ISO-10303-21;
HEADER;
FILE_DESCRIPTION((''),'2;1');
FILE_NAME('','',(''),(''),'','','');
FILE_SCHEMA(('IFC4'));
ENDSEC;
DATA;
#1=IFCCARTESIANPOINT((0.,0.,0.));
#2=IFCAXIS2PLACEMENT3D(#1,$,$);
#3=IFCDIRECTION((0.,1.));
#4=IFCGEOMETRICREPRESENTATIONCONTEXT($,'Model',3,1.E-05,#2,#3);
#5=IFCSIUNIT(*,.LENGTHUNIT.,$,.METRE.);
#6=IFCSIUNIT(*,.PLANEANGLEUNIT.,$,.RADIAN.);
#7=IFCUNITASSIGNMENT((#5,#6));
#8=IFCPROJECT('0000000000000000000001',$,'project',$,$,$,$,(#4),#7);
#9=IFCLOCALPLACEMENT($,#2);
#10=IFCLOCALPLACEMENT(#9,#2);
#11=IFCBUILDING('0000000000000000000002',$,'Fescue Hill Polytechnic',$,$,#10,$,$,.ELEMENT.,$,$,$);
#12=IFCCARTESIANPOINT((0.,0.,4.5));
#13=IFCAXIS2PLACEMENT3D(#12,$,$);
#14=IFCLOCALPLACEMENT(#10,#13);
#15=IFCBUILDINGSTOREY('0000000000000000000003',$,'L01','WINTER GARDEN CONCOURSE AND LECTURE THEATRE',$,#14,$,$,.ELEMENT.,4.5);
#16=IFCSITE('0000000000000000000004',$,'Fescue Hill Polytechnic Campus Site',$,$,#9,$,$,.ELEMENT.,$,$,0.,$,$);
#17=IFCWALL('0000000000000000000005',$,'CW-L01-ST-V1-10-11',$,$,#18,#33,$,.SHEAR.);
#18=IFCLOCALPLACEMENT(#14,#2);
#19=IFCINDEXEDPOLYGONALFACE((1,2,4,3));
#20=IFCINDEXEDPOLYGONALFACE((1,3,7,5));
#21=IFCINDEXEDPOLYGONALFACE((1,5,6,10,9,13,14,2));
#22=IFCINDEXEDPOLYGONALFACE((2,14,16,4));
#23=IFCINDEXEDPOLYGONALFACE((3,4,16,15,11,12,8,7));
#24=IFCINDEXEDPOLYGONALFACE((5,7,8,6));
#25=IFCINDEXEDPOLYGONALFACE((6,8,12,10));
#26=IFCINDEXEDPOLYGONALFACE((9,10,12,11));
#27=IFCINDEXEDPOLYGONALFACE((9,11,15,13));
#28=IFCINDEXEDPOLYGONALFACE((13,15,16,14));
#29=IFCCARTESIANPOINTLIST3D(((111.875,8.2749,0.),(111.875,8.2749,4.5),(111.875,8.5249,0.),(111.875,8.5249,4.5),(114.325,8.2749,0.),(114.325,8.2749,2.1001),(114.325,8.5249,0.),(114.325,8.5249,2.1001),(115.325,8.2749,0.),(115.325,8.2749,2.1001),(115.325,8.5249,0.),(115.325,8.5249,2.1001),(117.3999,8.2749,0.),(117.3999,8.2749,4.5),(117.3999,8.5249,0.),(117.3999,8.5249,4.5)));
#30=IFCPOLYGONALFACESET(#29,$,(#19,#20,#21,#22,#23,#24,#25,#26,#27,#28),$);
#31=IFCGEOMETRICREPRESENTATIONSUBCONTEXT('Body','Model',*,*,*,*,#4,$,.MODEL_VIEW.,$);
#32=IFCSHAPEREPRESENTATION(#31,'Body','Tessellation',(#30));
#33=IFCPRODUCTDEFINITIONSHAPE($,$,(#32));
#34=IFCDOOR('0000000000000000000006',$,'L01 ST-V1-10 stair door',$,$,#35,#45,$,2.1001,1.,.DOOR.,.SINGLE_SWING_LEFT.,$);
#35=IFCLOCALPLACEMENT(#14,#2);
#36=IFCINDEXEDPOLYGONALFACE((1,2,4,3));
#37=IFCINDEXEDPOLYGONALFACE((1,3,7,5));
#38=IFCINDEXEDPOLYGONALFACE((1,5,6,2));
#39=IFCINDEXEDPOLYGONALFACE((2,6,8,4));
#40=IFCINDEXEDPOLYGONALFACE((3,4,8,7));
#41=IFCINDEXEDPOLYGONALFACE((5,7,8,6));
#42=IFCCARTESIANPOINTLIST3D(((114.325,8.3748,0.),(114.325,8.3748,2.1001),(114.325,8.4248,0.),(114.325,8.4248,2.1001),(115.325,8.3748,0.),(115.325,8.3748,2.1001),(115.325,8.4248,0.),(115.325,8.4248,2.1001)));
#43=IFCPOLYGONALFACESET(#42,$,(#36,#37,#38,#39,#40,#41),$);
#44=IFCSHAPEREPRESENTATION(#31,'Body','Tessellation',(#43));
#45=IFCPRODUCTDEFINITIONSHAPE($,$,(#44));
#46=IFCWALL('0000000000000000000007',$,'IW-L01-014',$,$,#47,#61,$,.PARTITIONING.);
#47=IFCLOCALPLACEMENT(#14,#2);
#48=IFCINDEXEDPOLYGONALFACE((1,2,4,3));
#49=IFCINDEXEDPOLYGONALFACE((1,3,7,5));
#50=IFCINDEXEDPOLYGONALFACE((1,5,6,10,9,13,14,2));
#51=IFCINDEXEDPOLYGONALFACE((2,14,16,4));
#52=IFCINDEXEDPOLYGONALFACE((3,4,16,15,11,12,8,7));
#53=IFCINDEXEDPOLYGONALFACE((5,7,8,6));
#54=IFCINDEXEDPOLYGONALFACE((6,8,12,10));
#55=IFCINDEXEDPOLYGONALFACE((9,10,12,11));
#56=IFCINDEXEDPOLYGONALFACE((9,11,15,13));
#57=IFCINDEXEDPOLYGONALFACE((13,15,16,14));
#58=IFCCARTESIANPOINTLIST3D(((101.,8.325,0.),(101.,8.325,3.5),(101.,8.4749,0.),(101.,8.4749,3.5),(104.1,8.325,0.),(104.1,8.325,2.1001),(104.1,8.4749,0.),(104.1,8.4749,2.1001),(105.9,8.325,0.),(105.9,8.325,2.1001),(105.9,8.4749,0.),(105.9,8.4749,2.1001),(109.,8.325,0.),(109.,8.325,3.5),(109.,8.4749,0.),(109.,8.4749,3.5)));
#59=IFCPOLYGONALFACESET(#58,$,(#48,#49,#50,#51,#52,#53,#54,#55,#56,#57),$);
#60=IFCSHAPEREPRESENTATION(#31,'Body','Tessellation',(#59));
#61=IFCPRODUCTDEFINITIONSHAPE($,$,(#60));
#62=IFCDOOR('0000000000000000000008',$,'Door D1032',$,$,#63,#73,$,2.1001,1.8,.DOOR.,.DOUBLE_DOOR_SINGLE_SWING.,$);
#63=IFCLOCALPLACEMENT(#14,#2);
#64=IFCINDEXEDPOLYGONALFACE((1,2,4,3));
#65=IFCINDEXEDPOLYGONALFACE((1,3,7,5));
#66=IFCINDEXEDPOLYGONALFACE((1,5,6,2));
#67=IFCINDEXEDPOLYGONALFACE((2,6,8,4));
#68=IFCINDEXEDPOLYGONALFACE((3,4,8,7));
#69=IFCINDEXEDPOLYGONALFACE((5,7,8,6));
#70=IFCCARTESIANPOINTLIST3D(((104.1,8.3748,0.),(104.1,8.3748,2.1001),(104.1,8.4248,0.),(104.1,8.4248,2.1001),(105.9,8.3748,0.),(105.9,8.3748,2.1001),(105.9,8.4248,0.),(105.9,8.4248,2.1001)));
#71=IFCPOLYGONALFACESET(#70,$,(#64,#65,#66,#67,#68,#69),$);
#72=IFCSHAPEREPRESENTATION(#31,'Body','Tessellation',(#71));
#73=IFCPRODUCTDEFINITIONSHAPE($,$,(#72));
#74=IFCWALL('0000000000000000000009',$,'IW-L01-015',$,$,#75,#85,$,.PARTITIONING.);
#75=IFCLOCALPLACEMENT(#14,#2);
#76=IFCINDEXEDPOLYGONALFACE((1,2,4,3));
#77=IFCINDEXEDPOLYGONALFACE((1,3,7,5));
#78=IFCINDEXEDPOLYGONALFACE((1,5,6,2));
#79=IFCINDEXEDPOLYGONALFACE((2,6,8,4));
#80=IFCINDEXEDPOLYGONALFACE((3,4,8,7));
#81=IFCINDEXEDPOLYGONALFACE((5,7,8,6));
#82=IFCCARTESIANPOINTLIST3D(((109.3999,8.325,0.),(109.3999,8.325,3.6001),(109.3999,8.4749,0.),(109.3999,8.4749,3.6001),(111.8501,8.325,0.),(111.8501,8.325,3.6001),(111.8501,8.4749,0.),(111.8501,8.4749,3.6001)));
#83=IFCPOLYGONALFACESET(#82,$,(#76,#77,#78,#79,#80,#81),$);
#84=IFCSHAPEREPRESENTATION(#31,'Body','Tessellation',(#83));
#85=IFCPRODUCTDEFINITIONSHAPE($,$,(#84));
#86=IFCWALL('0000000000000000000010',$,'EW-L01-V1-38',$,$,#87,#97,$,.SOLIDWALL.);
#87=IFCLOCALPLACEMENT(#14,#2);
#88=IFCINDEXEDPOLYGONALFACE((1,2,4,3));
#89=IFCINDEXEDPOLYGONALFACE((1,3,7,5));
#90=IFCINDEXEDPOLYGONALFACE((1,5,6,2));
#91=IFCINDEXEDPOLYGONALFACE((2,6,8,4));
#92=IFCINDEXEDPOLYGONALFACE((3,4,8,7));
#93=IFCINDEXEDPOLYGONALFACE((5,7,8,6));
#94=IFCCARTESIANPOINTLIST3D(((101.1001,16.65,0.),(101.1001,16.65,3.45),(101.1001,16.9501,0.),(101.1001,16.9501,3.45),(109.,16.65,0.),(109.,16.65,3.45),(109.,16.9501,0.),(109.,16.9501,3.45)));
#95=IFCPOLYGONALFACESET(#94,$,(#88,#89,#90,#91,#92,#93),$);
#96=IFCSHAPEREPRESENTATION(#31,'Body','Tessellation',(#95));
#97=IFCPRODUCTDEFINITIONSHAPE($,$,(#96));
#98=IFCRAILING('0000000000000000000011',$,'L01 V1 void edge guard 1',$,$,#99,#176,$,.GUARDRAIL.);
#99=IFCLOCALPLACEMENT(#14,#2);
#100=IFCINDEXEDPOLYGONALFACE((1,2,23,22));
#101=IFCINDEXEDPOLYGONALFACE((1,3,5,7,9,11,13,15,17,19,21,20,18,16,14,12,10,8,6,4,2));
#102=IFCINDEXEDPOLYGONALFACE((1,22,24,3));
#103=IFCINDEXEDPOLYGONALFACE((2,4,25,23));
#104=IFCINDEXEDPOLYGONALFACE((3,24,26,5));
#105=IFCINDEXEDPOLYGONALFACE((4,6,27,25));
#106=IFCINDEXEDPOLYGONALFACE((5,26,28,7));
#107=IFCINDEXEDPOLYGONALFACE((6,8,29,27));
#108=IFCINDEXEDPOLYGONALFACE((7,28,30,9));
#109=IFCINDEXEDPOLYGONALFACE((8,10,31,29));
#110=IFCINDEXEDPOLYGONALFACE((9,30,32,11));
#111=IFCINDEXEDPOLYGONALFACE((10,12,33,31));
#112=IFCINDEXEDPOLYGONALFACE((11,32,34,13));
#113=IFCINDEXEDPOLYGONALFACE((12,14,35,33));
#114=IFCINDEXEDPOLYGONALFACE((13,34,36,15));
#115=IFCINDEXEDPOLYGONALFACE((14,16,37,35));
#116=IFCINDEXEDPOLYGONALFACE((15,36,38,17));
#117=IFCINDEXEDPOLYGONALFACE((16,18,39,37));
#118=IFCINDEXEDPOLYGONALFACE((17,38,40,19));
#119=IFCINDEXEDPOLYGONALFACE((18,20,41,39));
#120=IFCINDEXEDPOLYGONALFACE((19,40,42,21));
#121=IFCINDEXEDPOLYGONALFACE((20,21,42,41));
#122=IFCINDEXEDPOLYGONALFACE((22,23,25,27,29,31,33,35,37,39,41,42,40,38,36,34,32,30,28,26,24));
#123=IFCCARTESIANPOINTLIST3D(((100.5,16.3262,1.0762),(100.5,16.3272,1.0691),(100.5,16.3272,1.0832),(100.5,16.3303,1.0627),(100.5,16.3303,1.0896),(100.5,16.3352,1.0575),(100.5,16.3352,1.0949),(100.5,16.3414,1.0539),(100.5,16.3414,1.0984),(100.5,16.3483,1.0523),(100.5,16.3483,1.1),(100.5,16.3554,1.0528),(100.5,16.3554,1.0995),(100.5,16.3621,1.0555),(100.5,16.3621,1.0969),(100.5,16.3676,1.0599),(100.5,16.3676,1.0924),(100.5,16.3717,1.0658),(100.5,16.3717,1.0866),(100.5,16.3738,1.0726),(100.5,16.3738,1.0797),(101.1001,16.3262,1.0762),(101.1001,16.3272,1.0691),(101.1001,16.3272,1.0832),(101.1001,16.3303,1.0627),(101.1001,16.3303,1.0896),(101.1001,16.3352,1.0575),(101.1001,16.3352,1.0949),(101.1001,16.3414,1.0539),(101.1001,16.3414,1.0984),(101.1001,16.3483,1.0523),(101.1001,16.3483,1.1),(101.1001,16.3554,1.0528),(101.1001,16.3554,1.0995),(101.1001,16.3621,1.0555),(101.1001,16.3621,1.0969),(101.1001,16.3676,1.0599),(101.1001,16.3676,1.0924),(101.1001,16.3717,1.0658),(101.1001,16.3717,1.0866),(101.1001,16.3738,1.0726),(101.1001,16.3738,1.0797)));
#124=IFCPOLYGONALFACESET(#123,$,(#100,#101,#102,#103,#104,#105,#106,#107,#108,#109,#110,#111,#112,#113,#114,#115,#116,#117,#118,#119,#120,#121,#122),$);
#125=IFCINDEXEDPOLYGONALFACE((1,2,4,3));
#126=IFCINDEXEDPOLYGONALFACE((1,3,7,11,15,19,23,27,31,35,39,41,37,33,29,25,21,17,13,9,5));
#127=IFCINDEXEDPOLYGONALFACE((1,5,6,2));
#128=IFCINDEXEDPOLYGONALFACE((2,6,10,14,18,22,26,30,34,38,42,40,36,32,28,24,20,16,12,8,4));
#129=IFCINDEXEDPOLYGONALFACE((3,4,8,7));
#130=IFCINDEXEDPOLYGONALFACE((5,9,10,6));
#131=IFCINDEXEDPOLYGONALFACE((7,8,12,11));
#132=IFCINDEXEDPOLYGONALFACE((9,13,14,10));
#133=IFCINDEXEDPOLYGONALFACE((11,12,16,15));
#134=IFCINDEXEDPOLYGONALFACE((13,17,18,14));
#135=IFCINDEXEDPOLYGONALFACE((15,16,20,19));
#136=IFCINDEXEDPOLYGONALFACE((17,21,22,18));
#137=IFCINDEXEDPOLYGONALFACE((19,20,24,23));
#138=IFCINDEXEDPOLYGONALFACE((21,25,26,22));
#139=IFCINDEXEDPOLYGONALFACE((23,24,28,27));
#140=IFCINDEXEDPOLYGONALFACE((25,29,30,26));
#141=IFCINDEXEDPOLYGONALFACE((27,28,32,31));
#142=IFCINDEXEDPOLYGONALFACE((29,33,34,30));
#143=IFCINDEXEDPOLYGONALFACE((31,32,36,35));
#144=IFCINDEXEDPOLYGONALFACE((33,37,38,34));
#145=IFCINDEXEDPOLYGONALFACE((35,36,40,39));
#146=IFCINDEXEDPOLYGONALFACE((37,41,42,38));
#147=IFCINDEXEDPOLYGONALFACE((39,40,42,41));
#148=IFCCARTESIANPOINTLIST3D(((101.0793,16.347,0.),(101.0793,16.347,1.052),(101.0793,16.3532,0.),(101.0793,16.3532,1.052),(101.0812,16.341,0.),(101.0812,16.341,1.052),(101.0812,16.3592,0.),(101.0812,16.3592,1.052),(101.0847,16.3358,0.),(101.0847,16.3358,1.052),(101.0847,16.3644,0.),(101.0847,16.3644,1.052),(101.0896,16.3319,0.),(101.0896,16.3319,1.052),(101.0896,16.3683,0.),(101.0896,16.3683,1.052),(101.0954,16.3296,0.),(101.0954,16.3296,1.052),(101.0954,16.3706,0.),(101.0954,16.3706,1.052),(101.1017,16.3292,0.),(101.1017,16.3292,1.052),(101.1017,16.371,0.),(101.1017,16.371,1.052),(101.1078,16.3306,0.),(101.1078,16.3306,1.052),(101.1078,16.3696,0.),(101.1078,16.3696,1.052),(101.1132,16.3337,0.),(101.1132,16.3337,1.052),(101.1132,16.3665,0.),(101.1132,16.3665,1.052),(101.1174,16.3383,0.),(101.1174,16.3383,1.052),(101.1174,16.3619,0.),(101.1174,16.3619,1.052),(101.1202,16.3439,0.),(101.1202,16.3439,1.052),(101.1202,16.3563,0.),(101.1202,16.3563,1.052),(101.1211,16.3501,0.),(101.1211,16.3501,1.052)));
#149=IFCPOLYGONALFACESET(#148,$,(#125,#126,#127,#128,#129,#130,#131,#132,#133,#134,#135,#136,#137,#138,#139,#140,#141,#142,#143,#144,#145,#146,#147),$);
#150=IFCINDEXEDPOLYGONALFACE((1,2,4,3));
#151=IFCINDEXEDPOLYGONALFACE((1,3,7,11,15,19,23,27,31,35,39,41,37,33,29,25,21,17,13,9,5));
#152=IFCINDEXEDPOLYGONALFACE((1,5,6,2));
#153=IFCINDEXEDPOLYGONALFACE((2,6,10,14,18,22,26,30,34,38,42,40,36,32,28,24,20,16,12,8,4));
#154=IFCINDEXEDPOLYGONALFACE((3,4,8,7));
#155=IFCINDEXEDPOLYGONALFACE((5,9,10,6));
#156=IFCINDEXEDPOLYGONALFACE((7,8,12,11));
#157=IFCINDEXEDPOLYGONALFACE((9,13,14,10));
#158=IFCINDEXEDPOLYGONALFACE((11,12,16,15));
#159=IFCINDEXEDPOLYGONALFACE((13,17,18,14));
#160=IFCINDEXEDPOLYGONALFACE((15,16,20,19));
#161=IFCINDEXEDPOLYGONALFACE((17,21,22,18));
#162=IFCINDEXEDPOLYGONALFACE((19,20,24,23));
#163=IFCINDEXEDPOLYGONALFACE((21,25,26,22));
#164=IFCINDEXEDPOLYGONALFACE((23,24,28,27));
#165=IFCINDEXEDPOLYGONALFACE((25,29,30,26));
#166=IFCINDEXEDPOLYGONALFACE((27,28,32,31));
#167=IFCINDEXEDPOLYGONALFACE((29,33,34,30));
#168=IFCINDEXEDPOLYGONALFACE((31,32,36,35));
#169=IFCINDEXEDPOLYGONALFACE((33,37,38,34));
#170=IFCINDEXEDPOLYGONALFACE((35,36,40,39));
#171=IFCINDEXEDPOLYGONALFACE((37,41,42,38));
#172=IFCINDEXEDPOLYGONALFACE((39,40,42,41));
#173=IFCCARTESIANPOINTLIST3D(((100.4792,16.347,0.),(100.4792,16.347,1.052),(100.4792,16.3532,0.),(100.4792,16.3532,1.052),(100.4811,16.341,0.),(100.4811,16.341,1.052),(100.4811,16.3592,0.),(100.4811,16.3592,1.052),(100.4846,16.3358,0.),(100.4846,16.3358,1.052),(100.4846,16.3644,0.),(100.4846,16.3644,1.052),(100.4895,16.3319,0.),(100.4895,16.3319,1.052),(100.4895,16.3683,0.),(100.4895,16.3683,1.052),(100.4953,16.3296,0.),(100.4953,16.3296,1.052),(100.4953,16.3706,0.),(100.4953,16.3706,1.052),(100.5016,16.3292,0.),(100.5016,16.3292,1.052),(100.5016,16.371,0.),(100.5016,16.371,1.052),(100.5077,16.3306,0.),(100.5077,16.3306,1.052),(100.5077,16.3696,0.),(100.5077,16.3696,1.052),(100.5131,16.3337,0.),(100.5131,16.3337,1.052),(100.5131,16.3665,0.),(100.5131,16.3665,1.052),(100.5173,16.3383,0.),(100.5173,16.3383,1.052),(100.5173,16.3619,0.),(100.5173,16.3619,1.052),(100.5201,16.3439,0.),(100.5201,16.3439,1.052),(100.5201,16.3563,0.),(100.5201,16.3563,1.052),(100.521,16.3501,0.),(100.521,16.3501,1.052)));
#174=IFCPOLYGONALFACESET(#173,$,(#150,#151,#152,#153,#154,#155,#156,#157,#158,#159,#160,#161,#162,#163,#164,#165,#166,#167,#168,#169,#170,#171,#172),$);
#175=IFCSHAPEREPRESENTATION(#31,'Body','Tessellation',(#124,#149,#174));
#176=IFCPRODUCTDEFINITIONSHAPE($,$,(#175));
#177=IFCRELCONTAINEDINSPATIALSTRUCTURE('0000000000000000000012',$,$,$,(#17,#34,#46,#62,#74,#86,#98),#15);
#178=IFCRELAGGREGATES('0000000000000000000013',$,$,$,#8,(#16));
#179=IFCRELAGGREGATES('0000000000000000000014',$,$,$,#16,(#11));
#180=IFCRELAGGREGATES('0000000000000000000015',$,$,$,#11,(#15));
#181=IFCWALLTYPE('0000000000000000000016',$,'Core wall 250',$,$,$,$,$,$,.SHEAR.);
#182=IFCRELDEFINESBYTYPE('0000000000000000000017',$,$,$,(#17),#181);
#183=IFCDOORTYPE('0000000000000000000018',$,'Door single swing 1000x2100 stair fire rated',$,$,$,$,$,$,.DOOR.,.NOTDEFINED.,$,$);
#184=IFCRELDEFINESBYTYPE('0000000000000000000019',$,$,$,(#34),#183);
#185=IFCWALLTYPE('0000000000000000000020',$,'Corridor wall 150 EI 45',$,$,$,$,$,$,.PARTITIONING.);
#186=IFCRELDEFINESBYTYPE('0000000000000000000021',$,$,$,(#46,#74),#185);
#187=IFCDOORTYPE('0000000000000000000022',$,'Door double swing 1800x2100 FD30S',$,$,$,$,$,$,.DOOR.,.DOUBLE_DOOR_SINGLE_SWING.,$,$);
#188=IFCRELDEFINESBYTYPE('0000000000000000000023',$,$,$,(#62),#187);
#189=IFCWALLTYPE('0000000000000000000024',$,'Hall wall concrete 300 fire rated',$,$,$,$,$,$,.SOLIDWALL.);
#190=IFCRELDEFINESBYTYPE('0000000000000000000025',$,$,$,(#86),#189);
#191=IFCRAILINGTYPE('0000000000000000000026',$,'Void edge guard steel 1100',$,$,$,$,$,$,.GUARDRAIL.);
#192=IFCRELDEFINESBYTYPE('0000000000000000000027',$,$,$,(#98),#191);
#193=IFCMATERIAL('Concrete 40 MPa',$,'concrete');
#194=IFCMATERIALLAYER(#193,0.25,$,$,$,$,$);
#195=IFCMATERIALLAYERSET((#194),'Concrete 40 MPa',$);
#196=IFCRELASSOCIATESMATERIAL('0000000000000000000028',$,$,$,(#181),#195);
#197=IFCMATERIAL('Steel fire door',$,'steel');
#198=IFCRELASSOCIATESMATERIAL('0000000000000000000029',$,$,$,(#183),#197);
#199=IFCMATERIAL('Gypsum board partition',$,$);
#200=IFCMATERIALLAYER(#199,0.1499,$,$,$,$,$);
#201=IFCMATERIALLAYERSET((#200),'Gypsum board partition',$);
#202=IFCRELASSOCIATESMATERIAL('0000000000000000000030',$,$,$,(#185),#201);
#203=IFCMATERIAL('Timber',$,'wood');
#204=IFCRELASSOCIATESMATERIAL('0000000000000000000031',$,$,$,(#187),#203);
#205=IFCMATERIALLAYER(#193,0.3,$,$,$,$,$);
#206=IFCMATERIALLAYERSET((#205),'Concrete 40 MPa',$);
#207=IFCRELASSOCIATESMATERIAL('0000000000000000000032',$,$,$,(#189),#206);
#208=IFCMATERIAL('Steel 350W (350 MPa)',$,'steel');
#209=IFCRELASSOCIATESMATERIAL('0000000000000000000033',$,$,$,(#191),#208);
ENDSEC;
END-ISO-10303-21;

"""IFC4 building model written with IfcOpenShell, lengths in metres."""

from ifc_helpers import new_model, si_unit, direction, frame, frame_2d, origin, origin_2d, place, context, subcontext, project, spatial, rectangle, circle, extrude, material, layer, layer_set, type_object, element, fill, save


model = new_model("IFC4")

# Units and contexts
model_context = context("Model", 3, precision=1e-05, world=origin(), true_north=direction((0.0, 1.0)))
body_context = subcontext(model_context, "Body", "Model", "MODEL_VIEW")
ifc_project = project(units=[si_unit("LENGTHUNIT", "METRE"), si_unit("PLANEANGLEUNIT", "RADIAN")], contexts=[model_context])

# Site, building, storey
site_placement = place(None, origin())
site = spatial("IfcSite", under=ifc_project, at=site_placement, Name="Fescue Hill Polytechnic Campus Site", CompositionType="ELEMENT", RefElevation=0.0)
building_placement = place(site_placement, origin())
building = spatial("IfcBuilding", under=site, at=building_placement, Name="Fescue Hill Polytechnic", CompositionType="ELEMENT")
storey_placement = place(building_placement, frame((0.0, 0.0, 4.5)))
storey = spatial("IfcBuildingStorey", under=building, at=storey_placement, Name="L01", Description="WINTER GARDEN CONCOURSE AND LECTURE THEATRE", CompositionType="ELEMENT", Elevation=4.5)

# Shared definitions
ifc_material_1 = material(Name="Concrete 40 MPa", Category="concrete")

# Walls, openings, doors
ifc_layer_1 = layer(ifc_material_1, 0.25)
ifc_layer_set_1 = layer_set([ifc_layer_1], Name="Concrete 40 MPa")
wall_type_1 = type_object("IfcWallType", Name="Core wall 250", PredefinedType="SHEAR", material=ifc_layer_set_1)
wall_1_placement = place(storey_placement, frame((111.875, 8.3999, 0.0), z_axis=(0.0, 0.0, 1.0), x_axis=(1.0, 0.0, 0.0)))
wall_1 = element("IfcWall", 1, at=wall_1_placement, inside=storey, type_object=wall_type_1, Name="CW-L01-ST-V1-10-11", PredefinedType="SHEAR", context=body_context, shape_type="SweptSolid", body=[
    extrude(rectangle(XDim=5.5249, YDim=0.25, at=frame_2d((2.7625, 0.0))), origin(), (0.0, 0.0, 1.0), 4.5),
])
opening_1_placement = place(wall_1_placement, frame((2.45, 0.0, 0.0)))
opening_1 = element("IfcOpeningElement", 2, at=opening_1_placement, cuts=wall_1, PredefinedType="OPENING", context=body_context, shape_type="SweptSolid", body=[
    extrude(rectangle(XDim=1.0, YDim=2.1001, at=frame_2d((0.5, 1.05))), frame((0.0, 0.135, 0.0), z_axis=(0.0, -1.0, 0.0), x_axis=(1.0, 0.0, 0.0)), (0.0, 0.0, 1.0), 0.27),
])
ifc_material_2 = material(Name="Steel fire door", Category="steel")
door_type_1 = type_object("IfcDoorType", Name="Door single swing 1000x2100 stair fire rated", OperationType="NOTDEFINED", PredefinedType="DOOR", material=ifc_material_2)
door_1_placement = place(opening_1_placement, origin())
door_1 = element("IfcDoor", 3, at=door_1_placement, inside=storey, type_object=door_type_1, Name="L01 ST-V1-10 stair door", OperationType="SINGLE_SWING_LEFT", OverallHeight=2.1001, OverallWidth=1.0, PredefinedType="DOOR", context=body_context, shape_type="SweptSolid", body=[
    extrude(rectangle(XDim=1.0, YDim=2.1001, at=frame_2d((0.5, 1.05))), frame((0.0, 0.0249, 0.0), z_axis=(0.0, -1.0, 0.0), x_axis=(1.0, 0.0, 0.0)), (0.0, 0.0, 1.0), 0.05),
])
fill(opening_1, door_1)
ifc_material_3 = material(Name="Gypsum board partition")
ifc_layer_2 = layer(ifc_material_3, 0.1499)
ifc_layer_set_2 = layer_set([ifc_layer_2], Name="Gypsum board partition")
wall_type_2 = type_object("IfcWallType", Name="Corridor wall 150 EI 45", PredefinedType="PARTITIONING", material=ifc_layer_set_2)
wall_2_placement = place(storey_placement, frame((101.0, 8.3999, 0.0), z_axis=(0.0, 0.0, 1.0), x_axis=(1.0, 0.0, 0.0)))
wall_2 = element("IfcWall", 4, at=wall_2_placement, inside=storey, type_object=wall_type_2, Name="IW-L01-014", PredefinedType="PARTITIONING", context=body_context, shape_type="SweptSolid", body=[
    extrude(rectangle(XDim=8.0, YDim=0.1499, at=frame_2d((4.0, 0.0))), origin(), (0.0, 0.0, 1.0), 3.5),
])
opening_2_placement = place(wall_2_placement, frame((3.1001, 0.0, 0.0)))
opening_2 = element("IfcOpeningElement", 5, at=opening_2_placement, cuts=wall_2, PredefinedType="OPENING", context=body_context, shape_type="SweptSolid", body=[
    extrude(rectangle(XDim=1.8, YDim=2.1001, at=frame_2d((0.8999, 1.05))), frame((0.0, 0.085, 0.0), z_axis=(0.0, -1.0, 0.0), x_axis=(1.0, 0.0, 0.0)), (0.0, 0.0, 1.0), 0.1699),
])
ifc_material_4 = material(Name="Timber", Category="wood")
door_type_2 = type_object("IfcDoorType", Name="Door double swing 1800x2100 FD30S", OperationType="DOUBLE_DOOR_SINGLE_SWING", PredefinedType="DOOR", material=ifc_material_4)
door_2_placement = place(opening_2_placement, origin())
door_2 = element("IfcDoor", 6, at=door_2_placement, inside=storey, type_object=door_type_2, Name="Door D1032", OperationType="DOUBLE_DOOR_SINGLE_SWING", OverallHeight=2.1001, OverallWidth=1.8, PredefinedType="DOOR", context=body_context, shape_type="SweptSolid", body=[
    extrude(rectangle(XDim=1.8, YDim=2.1001, at=frame_2d((0.8999, 1.05))), frame((0.0, 0.0249, 0.0), z_axis=(0.0, -1.0, 0.0), x_axis=(1.0, 0.0, 0.0)), (0.0, 0.0, 1.0), 0.05),
])
fill(opening_2, door_2)

# Walls
wall_3_placement = place(storey_placement, frame((109.3999, 8.3999, 0.0), z_axis=(0.0, 0.0, 1.0), x_axis=(1.0, 0.0, 0.0)))
element("IfcWall", 7, at=wall_3_placement, inside=storey, type_object=wall_type_2, Name="IW-L01-015", PredefinedType="PARTITIONING", context=body_context, shape_type="SweptSolid", body=[
    extrude(rectangle(XDim=2.4502, YDim=0.1499, at=frame_2d((1.2251, 0.0))), origin(), (0.0, 0.0, 1.0), 3.6001),
])
ifc_layer_3 = layer(ifc_material_1, 0.3)
ifc_layer_set_3 = layer_set([ifc_layer_3], Name="Concrete 40 MPa")
wall_type_3 = type_object("IfcWallType", Name="Hall wall concrete 300 fire rated", PredefinedType="SOLIDWALL", material=ifc_layer_set_3)
wall_4_placement = place(storey_placement, frame((109.0, 16.8, 0.0), z_axis=(0.0, 0.0, 1.0), x_axis=(-1.0, 0.0, 0.0)))
element("IfcWall", 8, at=wall_4_placement, inside=storey, type_object=wall_type_3, Name="EW-L01-V1-38", PredefinedType="SOLIDWALL", context=body_context, shape_type="SweptSolid", body=[
    extrude(rectangle(XDim=7.8999, YDim=0.3, at=frame_2d((3.95, 0.0))), origin(), (0.0, 0.0, 1.0), 3.45),
])

# Railing
ifc_material_5 = material(Name="Steel 350W (350 MPa)", Category="steel")
railing_type = type_object("IfcRailingType", Name="Void edge guard steel 1100", PredefinedType="GUARDRAIL", material=ifc_material_5)
railing_placement = place(storey_placement, frame((101.1001, 16.3501, 0.0)))
element("IfcRailing", 9, at=railing_placement, inside=storey, type_object=railing_type, Name="L01 V1 void edge guard 1", PredefinedType="GUARDRAIL", context=body_context, shape_type="SweptSolid", body=[
    extrude(circle(Radius=0.0239, at=origin_2d()), frame((0.0, 0.0, 1.0762), z_axis=(-1.0, 0.0, 0.0), x_axis=(0.0, -1.0, 0.0)), (0.0, 0.0, 1.0), 0.6001),
    extrude(circle(Radius=0.021, at=origin_2d()), origin(), (0.0, 0.0, 1.0), 1.052),
    extrude(circle(Radius=0.021, at=origin_2d()), frame((-0.6001, 0.0, 0.0)), (0.0, 0.0, 1.0), 1.052),
])

save(model, "model.ifc")
